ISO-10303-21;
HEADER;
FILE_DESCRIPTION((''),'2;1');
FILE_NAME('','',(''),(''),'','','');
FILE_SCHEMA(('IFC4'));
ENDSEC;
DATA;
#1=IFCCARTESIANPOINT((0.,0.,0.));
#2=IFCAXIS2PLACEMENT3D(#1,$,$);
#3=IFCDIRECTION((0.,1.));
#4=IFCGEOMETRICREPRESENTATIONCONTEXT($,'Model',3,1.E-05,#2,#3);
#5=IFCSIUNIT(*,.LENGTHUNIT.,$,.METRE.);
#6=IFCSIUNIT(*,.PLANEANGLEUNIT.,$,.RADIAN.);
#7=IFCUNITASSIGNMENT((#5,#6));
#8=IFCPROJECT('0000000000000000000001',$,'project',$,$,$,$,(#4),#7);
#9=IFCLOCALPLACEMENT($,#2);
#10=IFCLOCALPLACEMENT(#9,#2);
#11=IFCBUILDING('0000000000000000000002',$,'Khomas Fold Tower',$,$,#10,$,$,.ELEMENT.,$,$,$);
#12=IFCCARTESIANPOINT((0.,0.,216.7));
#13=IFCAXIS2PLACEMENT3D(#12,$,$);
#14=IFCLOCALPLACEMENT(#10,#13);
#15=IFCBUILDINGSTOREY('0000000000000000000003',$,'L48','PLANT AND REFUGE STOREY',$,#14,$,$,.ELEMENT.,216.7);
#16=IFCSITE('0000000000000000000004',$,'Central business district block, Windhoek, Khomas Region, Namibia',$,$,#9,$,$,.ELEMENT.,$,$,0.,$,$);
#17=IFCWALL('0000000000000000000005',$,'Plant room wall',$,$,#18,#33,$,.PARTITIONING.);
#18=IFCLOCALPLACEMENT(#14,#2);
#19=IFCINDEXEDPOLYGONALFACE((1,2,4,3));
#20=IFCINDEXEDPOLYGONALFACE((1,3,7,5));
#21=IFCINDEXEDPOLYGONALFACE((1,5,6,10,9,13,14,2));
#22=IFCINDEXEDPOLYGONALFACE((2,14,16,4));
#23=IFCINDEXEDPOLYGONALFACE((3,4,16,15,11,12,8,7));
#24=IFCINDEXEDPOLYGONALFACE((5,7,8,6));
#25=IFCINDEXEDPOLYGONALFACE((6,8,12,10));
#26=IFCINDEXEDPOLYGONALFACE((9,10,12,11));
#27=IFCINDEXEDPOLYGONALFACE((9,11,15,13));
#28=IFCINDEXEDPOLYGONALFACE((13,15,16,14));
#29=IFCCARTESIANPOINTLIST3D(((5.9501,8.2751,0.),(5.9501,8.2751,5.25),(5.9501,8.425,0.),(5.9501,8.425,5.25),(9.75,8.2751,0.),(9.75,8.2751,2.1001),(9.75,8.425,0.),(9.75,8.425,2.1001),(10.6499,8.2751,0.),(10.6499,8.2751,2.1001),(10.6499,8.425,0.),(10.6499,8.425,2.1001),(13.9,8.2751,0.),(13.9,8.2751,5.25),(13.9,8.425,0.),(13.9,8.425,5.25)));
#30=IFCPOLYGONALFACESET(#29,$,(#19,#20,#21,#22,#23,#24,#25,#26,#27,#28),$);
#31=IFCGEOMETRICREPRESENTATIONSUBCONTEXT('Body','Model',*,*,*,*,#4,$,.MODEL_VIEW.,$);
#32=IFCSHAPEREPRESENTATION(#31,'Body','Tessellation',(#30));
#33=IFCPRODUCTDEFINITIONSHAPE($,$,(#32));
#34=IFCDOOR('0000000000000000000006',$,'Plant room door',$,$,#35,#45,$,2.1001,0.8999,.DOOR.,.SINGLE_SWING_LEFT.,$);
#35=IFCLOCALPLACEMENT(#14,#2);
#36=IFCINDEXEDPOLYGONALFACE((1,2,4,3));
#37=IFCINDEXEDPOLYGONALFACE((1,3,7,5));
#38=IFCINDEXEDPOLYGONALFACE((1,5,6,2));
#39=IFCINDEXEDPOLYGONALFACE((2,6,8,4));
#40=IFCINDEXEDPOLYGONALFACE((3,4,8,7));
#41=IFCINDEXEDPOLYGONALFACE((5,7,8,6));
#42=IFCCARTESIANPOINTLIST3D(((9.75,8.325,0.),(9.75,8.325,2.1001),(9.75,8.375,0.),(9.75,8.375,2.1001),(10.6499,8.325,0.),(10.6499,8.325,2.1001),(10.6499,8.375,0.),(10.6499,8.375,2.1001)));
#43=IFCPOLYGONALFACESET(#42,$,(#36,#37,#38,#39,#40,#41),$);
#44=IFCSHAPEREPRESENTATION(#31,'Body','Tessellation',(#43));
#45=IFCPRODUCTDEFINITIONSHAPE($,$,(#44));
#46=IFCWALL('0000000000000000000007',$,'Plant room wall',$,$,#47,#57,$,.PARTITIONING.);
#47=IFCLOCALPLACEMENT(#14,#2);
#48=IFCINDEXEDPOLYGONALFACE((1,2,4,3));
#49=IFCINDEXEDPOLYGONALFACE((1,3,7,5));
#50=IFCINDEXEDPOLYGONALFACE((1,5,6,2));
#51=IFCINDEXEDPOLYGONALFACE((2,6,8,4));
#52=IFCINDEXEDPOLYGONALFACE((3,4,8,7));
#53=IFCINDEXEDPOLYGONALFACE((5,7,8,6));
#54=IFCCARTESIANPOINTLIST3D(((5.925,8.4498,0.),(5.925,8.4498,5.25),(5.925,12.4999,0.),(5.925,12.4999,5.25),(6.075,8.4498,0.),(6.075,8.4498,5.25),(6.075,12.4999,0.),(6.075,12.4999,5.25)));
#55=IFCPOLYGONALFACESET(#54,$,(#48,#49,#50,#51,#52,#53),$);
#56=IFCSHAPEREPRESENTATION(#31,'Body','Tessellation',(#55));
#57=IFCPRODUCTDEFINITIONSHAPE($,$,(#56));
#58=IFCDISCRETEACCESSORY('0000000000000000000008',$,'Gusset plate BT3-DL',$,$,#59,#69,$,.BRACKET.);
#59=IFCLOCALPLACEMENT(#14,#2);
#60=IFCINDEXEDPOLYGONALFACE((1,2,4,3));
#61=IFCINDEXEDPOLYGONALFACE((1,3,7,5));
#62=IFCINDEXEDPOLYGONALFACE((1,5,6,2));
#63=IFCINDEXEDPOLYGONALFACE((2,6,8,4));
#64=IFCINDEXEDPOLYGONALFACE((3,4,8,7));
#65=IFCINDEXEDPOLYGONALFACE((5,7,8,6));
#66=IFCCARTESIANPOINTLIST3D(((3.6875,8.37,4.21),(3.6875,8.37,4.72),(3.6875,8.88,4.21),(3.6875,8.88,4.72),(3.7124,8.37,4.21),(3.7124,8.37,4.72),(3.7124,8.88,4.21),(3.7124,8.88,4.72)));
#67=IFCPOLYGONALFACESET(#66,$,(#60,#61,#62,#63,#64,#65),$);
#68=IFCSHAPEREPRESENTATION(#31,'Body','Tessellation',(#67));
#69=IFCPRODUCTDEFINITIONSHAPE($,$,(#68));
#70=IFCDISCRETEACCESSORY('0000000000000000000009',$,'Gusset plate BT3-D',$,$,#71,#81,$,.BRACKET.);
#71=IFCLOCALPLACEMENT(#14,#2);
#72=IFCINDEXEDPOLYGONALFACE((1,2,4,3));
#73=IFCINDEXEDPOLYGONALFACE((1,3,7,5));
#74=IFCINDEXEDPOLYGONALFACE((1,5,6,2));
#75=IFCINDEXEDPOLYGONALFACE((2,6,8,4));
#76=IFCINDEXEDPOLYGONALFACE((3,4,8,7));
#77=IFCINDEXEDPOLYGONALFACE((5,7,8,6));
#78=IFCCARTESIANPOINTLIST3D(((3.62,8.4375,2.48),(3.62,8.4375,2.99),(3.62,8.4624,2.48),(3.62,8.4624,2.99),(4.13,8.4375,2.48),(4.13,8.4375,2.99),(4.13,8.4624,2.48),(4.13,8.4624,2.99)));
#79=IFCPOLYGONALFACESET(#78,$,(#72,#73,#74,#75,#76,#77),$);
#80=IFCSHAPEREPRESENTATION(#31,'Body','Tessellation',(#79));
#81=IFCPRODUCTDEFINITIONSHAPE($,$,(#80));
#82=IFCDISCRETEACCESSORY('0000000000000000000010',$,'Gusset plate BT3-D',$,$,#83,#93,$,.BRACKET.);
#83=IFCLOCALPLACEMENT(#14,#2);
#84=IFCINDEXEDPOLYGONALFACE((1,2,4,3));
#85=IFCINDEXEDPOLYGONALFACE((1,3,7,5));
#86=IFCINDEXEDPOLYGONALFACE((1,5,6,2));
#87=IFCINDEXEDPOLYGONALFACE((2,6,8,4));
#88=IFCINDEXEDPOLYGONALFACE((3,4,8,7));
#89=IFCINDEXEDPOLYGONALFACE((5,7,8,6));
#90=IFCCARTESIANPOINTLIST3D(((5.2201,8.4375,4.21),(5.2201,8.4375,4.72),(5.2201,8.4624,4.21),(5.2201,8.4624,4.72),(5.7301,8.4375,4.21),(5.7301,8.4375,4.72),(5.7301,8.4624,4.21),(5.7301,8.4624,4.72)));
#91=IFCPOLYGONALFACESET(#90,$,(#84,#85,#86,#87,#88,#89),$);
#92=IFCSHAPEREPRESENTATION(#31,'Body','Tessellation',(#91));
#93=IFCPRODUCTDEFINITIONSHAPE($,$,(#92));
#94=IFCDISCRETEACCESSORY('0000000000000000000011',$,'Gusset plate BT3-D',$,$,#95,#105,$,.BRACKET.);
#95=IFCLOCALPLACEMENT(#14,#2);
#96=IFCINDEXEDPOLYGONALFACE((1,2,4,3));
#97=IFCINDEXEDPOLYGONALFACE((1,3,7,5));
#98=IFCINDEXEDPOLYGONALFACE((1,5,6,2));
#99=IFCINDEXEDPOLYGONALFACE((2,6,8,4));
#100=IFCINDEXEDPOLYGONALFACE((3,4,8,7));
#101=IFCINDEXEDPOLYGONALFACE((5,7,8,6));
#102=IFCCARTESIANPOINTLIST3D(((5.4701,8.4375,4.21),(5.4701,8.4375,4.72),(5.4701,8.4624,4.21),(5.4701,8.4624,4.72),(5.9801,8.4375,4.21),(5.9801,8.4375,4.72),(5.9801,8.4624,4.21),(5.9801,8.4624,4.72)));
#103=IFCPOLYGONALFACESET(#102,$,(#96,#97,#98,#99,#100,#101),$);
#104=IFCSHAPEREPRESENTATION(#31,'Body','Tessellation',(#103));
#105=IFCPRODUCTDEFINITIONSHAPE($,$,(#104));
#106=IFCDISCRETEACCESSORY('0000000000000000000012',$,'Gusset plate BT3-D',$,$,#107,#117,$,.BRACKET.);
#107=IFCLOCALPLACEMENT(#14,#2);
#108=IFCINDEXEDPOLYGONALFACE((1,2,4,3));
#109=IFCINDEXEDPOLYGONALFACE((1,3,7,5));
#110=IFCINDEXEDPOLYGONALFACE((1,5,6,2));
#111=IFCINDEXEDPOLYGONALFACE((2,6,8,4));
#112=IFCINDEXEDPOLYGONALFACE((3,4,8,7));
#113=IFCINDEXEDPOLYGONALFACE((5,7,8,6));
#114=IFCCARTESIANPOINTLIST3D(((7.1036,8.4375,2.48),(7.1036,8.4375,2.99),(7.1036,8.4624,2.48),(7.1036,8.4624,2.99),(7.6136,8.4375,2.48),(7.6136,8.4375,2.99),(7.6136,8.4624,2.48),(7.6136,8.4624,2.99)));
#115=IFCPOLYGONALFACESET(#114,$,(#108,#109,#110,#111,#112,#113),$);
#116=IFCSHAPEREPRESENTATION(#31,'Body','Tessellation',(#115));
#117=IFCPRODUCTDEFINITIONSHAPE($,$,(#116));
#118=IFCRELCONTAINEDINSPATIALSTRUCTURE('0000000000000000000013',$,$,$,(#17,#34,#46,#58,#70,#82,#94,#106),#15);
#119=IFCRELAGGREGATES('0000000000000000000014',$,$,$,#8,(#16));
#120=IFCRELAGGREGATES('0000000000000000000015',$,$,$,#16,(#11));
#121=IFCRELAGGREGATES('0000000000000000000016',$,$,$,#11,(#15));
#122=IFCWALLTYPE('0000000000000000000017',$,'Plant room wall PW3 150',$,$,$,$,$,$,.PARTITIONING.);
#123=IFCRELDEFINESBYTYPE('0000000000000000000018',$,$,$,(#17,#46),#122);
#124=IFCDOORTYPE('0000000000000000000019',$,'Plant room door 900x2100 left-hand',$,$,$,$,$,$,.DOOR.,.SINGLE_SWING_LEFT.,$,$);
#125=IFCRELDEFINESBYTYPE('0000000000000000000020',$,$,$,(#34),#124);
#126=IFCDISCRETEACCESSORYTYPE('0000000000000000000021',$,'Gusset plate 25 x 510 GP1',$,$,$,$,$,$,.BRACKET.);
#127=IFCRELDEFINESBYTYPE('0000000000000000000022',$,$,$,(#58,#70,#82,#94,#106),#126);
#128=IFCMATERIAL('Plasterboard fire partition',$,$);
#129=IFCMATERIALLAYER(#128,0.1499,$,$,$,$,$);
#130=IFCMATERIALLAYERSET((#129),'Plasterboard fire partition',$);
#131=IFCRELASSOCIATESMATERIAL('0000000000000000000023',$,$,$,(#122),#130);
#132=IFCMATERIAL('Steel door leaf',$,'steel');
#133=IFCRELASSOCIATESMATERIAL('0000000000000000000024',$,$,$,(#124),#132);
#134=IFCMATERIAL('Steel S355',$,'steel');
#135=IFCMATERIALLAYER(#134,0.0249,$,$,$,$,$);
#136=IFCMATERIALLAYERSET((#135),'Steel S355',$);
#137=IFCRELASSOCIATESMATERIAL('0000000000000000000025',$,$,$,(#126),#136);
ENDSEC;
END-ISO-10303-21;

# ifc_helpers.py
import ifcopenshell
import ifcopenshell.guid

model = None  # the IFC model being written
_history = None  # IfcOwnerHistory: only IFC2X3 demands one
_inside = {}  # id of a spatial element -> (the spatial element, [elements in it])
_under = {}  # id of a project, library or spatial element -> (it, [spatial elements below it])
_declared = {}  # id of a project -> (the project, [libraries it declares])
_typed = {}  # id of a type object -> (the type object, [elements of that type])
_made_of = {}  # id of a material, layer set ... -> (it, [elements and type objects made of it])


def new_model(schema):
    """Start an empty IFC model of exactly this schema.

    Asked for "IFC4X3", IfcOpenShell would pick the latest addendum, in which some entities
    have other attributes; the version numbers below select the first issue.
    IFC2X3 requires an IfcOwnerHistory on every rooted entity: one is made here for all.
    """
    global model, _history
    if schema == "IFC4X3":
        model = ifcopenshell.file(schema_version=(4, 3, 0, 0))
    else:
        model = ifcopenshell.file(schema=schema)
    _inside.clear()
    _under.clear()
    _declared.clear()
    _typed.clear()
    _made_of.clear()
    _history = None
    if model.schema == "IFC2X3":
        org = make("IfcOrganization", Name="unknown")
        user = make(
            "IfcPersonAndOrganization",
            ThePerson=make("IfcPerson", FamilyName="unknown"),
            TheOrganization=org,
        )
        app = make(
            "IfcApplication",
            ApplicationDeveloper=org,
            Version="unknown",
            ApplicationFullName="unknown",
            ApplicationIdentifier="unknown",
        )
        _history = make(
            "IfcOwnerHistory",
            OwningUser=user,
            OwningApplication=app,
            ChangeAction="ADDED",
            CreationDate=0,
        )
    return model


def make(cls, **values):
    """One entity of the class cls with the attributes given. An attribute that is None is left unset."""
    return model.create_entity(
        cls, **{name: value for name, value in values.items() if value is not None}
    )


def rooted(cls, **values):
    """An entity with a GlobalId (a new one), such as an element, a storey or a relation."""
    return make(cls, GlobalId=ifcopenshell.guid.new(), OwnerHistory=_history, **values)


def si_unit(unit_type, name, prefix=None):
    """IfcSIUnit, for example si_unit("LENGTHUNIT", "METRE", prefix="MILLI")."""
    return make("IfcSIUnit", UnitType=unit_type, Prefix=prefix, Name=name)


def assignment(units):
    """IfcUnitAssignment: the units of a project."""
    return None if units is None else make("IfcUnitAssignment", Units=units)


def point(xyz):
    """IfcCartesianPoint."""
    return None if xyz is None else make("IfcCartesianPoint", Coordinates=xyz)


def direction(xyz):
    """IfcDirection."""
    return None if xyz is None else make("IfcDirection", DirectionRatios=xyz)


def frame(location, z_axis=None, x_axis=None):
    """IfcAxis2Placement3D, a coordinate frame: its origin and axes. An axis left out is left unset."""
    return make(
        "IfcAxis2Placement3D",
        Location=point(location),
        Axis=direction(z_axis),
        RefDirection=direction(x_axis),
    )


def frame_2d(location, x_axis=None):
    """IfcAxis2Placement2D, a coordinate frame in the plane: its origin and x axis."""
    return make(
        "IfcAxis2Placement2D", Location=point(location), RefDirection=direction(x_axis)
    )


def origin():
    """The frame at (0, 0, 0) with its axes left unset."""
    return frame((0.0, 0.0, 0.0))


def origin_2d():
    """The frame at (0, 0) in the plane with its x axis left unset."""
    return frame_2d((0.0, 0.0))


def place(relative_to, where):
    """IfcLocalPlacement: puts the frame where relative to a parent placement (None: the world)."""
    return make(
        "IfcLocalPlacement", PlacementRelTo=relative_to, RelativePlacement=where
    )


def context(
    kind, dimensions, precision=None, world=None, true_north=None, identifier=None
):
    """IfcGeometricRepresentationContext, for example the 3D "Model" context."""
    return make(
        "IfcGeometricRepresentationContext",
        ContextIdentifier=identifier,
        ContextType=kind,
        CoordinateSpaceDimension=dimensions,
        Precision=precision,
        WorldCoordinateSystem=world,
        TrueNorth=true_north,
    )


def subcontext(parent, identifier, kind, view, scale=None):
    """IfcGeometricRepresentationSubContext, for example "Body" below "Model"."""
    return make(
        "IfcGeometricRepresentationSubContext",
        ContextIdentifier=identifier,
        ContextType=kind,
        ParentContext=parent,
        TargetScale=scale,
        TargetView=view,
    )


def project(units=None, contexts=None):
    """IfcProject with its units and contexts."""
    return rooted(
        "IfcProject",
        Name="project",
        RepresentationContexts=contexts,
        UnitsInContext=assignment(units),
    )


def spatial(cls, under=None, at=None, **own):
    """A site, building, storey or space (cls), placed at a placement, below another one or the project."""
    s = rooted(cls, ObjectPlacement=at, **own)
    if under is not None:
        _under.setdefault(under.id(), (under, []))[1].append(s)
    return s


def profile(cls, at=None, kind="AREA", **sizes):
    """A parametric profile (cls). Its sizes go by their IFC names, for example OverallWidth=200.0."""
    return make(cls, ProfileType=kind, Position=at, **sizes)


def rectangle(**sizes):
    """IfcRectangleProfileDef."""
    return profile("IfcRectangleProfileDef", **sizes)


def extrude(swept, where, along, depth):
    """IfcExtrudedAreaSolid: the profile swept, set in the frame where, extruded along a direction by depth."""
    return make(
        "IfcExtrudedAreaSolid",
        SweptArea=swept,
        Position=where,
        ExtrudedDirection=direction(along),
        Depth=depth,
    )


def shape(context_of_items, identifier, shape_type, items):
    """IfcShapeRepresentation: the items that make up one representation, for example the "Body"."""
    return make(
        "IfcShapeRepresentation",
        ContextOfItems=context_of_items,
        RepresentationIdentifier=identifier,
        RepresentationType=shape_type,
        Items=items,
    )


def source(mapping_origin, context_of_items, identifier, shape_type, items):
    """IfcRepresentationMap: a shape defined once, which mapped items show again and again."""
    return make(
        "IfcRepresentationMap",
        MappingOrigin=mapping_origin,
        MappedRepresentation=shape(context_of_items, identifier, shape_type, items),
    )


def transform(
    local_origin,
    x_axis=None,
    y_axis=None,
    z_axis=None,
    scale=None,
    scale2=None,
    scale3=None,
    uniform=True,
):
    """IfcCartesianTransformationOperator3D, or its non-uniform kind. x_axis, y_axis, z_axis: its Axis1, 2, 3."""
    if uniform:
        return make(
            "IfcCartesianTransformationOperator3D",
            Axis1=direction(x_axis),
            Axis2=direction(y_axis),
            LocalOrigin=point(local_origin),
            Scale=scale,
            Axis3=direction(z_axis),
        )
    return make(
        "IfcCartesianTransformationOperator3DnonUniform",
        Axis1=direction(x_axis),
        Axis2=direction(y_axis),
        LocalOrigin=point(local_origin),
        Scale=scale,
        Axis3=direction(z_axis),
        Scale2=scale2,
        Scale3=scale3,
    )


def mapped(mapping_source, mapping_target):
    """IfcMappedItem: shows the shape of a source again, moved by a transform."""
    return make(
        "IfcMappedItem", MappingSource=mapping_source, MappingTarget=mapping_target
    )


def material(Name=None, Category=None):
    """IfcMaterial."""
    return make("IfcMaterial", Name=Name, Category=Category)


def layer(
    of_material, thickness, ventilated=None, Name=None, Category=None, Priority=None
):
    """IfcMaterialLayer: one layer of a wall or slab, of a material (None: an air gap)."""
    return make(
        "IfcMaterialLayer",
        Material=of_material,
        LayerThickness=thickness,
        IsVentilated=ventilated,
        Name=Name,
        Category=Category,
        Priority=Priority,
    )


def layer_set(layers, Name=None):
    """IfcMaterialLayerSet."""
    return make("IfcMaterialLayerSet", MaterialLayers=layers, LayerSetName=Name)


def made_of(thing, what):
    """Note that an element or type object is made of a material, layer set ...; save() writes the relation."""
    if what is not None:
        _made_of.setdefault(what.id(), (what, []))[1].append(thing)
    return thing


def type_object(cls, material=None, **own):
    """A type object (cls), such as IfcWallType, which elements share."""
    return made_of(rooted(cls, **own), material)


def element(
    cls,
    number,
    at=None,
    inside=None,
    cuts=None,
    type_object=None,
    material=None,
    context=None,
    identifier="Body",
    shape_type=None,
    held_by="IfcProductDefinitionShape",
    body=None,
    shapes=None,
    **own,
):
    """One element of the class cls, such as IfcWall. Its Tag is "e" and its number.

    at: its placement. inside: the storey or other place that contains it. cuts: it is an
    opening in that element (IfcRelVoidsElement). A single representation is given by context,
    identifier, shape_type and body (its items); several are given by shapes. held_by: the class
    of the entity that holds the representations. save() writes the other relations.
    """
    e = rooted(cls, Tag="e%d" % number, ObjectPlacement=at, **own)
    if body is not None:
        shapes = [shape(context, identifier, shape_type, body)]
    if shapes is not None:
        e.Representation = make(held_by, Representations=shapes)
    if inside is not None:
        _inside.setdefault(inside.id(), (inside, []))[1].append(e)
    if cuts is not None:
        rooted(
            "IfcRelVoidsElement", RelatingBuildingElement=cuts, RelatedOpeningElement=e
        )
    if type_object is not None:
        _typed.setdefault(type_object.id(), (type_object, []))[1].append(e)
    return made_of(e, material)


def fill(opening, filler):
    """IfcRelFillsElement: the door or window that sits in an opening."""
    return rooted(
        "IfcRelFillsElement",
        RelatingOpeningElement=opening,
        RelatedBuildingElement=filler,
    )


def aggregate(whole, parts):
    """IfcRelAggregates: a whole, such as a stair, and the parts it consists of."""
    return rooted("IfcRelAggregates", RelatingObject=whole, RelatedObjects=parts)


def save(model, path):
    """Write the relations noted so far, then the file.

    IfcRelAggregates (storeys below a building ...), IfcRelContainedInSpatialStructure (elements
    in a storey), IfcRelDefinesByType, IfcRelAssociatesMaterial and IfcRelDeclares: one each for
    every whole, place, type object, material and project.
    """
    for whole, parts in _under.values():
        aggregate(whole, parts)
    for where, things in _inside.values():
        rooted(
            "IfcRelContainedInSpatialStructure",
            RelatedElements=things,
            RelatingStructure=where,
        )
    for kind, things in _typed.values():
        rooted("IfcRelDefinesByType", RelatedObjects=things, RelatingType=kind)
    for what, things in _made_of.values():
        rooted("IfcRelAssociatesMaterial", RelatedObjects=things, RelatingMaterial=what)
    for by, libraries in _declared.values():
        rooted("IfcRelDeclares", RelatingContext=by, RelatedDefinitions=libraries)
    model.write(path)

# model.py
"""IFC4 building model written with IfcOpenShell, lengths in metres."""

from ifc_helpers import new_model, si_unit, direction, frame, frame_2d, origin, origin_2d, place, context, subcontext, project, spatial, rectangle, extrude, source, transform, mapped, material, layer, layer_set, type_object, element, fill, save


model = new_model("IFC4")

# Units and contexts
model_context = context("Model", 3, precision=1e-05, world=origin(), true_north=direction((0.0, 1.0)))
body_context = subcontext(model_context, "Body", "Model", "MODEL_VIEW")
ifc_project = project(units=[si_unit("LENGTHUNIT", "METRE"), si_unit("PLANEANGLEUNIT", "RADIAN")], contexts=[model_context])

# Site, building, storey
site_placement = place(None, origin())
site = spatial("IfcSite", under=ifc_project, at=site_placement, Name="Central business district block, Windhoek, Khomas Region, Namibia", CompositionType="ELEMENT", RefElevation=0.0)
building_placement = place(site_placement, origin())
building = spatial("IfcBuilding", under=site, at=building_placement, Name="Khomas Fold Tower", CompositionType="ELEMENT")
storey_placement = place(building_placement, frame((0.0, 0.0, 216.7)))
storey = spatial("IfcBuildingStorey", under=building, at=storey_placement, Name="L48", Description="PLANT AND REFUGE STOREY", CompositionType="ELEMENT", Elevation=216.7)

# Wall, opening, door
ifc_material_1 = material(Name="Plasterboard fire partition")
ifc_layer_1 = layer(ifc_material_1, 0.1499)
ifc_layer_set_1 = layer_set([ifc_layer_1], Name="Plasterboard fire partition")
wall_type = type_object("IfcWallType", Name="Plant room wall PW3 150", PredefinedType="PARTITIONING", material=ifc_layer_set_1)
shared_shape_1 = source(origin(), body_context, "Body", "SweptSolid", [
    extrude(rectangle(XDim=7.95, YDim=0.1499, at=frame_2d((3.9751, 0.0))), origin(), (0.0, 0.0, 1.0), 5.25),
])
wall_1_placement = place(storey_placement, frame((5.95, 8.3501, 0.0), z_axis=(0.0, 0.0, 1.0), x_axis=(1.0, 0.0, 0.0)))
wall_1 = element("IfcWall", 1, at=wall_1_placement, inside=storey, type_object=wall_type, Name="Plant room wall", PredefinedType="PARTITIONING", context=body_context, shape_type="MappedRepresentation", body=[
    mapped(shared_shape_1, transform((0.0, 0.0, 0.0))),
])
shared_shape_2 = source(origin(), body_context, "Body", "SweptSolid", [
    extrude(rectangle(XDim=0.8999, YDim=2.1001, at=frame_2d((0.45, 1.05))), frame((0.0, 0.085, 0.0), z_axis=(0.0, -1.0, 0.0), x_axis=(1.0, 0.0, 0.0)), (0.0, 0.0, 1.0), 0.1699),
])
opening_placement = place(wall_1_placement, frame((3.8, 0.0, 0.0)))
opening = element("IfcOpeningElement", 2, at=opening_placement, cuts=wall_1, PredefinedType="OPENING", context=body_context, shape_type="MappedRepresentation", body=[
    mapped(shared_shape_2, transform((0.0, 0.0, 0.0))),
])
ifc_material_2 = material(Name="Steel door leaf", Category="steel")
door_type = type_object("IfcDoorType", Name="Plant room door 900x2100 left-hand", OperationType="SINGLE_SWING_LEFT", PredefinedType="DOOR", material=ifc_material_2)
shared_shape_3 = source(origin(), body_context, "Body", "SweptSolid", [
    extrude(rectangle(XDim=0.8999, YDim=2.1001, at=frame_2d((0.45, 1.05))), frame((0.0, 0.0249, 0.0), z_axis=(0.0, -1.0, 0.0), x_axis=(1.0, 0.0, 0.0)), (0.0, 0.0, 1.0), 0.05),
])
door_placement = place(opening_placement, origin())
door = element("IfcDoor", 3, at=door_placement, inside=storey, type_object=door_type, Name="Plant room door", OperationType="SINGLE_SWING_LEFT", OverallHeight=2.1001, OverallWidth=0.8999, PredefinedType="DOOR", context=body_context, shape_type="MappedRepresentation", body=[
    mapped(shared_shape_3, transform((0.0, 0.0, 0.0))),
])
fill(opening, door)

# Wall
shared_shape_4 = source(origin(), body_context, "Body", "SweptSolid", [
    extrude(rectangle(XDim=4.05, YDim=0.1499, at=frame_2d((2.0249, 0.0))), origin(), (0.0, 0.0, 1.0), 5.25),
])
wall_2_placement = place(storey_placement, frame((6.0, 8.45, 0.0), z_axis=(0.0, 0.0, 1.0), x_axis=(0.0, 1.0, 0.0)))
element("IfcWall", 4, at=wall_2_placement, inside=storey, type_object=wall_type, Name="Plant room wall", PredefinedType="PARTITIONING", context=body_context, shape_type="MappedRepresentation", body=[
    mapped(shared_shape_4, transform((0.0, 0.0, 0.0))),
])

# Discrete accessories
ifc_material_3 = material(Name="Steel S355", Category="steel")
ifc_layer_2 = layer(ifc_material_3, 0.0249)
ifc_layer_set_2 = layer_set([ifc_layer_2], Name="Steel S355")
discrete_accessory_type = type_object("IfcDiscreteAccessoryType", Name="Gusset plate 25 x 510 GP1", PredefinedType="BRACKET", material=ifc_layer_set_2)
shared_shape_5 = source(origin(), body_context, "Body", "SweptSolid", [
    extrude(rectangle(XDim=0.51, YDim=0.0249, at=origin_2d()), origin(), (0.0, 0.0, 1.0), 0.51),
])
for number, where, z_axis, x_axis, name in (
    (5, (3.7, 8.625, 4.21), (0.0, 0.0, 1.0), (0.0, 1.0, 0.0), "Gusset plate BT3-DL"),
    (6, (3.875, 8.45, 2.48), (0.0, 0.0, 1.0), (1.0, 0.0, 0.0), "Gusset plate BT3-D"),
    (7, (5.4751, 8.45, 4.21), (0.0, 0.0, 1.0), (1.0, 0.0, 0.0), "Gusset plate BT3-D"),
    (8, (5.7251, 8.45, 4.21), (0.0, 0.0, 1.0), (1.0, 0.0, 0.0), "Gusset plate BT3-D"),
    (9, (7.3586, 8.45, 2.48), (0.0, 0.0, 1.0), (1.0, 0.0, 0.0), "Gusset plate BT3-D"),
):
    element("IfcDiscreteAccessory", number, at=place(storey_placement, frame(where, z_axis=z_axis, x_axis=x_axis)), inside=storey, type_object=discrete_accessory_type, Name=name, PredefinedType="BRACKET", context=body_context, shape_type="MappedRepresentation", body=[
        mapped(shared_shape_5, transform((0.0, 0.0, 0.0))),
    ])

save(model, "model.ifc")
